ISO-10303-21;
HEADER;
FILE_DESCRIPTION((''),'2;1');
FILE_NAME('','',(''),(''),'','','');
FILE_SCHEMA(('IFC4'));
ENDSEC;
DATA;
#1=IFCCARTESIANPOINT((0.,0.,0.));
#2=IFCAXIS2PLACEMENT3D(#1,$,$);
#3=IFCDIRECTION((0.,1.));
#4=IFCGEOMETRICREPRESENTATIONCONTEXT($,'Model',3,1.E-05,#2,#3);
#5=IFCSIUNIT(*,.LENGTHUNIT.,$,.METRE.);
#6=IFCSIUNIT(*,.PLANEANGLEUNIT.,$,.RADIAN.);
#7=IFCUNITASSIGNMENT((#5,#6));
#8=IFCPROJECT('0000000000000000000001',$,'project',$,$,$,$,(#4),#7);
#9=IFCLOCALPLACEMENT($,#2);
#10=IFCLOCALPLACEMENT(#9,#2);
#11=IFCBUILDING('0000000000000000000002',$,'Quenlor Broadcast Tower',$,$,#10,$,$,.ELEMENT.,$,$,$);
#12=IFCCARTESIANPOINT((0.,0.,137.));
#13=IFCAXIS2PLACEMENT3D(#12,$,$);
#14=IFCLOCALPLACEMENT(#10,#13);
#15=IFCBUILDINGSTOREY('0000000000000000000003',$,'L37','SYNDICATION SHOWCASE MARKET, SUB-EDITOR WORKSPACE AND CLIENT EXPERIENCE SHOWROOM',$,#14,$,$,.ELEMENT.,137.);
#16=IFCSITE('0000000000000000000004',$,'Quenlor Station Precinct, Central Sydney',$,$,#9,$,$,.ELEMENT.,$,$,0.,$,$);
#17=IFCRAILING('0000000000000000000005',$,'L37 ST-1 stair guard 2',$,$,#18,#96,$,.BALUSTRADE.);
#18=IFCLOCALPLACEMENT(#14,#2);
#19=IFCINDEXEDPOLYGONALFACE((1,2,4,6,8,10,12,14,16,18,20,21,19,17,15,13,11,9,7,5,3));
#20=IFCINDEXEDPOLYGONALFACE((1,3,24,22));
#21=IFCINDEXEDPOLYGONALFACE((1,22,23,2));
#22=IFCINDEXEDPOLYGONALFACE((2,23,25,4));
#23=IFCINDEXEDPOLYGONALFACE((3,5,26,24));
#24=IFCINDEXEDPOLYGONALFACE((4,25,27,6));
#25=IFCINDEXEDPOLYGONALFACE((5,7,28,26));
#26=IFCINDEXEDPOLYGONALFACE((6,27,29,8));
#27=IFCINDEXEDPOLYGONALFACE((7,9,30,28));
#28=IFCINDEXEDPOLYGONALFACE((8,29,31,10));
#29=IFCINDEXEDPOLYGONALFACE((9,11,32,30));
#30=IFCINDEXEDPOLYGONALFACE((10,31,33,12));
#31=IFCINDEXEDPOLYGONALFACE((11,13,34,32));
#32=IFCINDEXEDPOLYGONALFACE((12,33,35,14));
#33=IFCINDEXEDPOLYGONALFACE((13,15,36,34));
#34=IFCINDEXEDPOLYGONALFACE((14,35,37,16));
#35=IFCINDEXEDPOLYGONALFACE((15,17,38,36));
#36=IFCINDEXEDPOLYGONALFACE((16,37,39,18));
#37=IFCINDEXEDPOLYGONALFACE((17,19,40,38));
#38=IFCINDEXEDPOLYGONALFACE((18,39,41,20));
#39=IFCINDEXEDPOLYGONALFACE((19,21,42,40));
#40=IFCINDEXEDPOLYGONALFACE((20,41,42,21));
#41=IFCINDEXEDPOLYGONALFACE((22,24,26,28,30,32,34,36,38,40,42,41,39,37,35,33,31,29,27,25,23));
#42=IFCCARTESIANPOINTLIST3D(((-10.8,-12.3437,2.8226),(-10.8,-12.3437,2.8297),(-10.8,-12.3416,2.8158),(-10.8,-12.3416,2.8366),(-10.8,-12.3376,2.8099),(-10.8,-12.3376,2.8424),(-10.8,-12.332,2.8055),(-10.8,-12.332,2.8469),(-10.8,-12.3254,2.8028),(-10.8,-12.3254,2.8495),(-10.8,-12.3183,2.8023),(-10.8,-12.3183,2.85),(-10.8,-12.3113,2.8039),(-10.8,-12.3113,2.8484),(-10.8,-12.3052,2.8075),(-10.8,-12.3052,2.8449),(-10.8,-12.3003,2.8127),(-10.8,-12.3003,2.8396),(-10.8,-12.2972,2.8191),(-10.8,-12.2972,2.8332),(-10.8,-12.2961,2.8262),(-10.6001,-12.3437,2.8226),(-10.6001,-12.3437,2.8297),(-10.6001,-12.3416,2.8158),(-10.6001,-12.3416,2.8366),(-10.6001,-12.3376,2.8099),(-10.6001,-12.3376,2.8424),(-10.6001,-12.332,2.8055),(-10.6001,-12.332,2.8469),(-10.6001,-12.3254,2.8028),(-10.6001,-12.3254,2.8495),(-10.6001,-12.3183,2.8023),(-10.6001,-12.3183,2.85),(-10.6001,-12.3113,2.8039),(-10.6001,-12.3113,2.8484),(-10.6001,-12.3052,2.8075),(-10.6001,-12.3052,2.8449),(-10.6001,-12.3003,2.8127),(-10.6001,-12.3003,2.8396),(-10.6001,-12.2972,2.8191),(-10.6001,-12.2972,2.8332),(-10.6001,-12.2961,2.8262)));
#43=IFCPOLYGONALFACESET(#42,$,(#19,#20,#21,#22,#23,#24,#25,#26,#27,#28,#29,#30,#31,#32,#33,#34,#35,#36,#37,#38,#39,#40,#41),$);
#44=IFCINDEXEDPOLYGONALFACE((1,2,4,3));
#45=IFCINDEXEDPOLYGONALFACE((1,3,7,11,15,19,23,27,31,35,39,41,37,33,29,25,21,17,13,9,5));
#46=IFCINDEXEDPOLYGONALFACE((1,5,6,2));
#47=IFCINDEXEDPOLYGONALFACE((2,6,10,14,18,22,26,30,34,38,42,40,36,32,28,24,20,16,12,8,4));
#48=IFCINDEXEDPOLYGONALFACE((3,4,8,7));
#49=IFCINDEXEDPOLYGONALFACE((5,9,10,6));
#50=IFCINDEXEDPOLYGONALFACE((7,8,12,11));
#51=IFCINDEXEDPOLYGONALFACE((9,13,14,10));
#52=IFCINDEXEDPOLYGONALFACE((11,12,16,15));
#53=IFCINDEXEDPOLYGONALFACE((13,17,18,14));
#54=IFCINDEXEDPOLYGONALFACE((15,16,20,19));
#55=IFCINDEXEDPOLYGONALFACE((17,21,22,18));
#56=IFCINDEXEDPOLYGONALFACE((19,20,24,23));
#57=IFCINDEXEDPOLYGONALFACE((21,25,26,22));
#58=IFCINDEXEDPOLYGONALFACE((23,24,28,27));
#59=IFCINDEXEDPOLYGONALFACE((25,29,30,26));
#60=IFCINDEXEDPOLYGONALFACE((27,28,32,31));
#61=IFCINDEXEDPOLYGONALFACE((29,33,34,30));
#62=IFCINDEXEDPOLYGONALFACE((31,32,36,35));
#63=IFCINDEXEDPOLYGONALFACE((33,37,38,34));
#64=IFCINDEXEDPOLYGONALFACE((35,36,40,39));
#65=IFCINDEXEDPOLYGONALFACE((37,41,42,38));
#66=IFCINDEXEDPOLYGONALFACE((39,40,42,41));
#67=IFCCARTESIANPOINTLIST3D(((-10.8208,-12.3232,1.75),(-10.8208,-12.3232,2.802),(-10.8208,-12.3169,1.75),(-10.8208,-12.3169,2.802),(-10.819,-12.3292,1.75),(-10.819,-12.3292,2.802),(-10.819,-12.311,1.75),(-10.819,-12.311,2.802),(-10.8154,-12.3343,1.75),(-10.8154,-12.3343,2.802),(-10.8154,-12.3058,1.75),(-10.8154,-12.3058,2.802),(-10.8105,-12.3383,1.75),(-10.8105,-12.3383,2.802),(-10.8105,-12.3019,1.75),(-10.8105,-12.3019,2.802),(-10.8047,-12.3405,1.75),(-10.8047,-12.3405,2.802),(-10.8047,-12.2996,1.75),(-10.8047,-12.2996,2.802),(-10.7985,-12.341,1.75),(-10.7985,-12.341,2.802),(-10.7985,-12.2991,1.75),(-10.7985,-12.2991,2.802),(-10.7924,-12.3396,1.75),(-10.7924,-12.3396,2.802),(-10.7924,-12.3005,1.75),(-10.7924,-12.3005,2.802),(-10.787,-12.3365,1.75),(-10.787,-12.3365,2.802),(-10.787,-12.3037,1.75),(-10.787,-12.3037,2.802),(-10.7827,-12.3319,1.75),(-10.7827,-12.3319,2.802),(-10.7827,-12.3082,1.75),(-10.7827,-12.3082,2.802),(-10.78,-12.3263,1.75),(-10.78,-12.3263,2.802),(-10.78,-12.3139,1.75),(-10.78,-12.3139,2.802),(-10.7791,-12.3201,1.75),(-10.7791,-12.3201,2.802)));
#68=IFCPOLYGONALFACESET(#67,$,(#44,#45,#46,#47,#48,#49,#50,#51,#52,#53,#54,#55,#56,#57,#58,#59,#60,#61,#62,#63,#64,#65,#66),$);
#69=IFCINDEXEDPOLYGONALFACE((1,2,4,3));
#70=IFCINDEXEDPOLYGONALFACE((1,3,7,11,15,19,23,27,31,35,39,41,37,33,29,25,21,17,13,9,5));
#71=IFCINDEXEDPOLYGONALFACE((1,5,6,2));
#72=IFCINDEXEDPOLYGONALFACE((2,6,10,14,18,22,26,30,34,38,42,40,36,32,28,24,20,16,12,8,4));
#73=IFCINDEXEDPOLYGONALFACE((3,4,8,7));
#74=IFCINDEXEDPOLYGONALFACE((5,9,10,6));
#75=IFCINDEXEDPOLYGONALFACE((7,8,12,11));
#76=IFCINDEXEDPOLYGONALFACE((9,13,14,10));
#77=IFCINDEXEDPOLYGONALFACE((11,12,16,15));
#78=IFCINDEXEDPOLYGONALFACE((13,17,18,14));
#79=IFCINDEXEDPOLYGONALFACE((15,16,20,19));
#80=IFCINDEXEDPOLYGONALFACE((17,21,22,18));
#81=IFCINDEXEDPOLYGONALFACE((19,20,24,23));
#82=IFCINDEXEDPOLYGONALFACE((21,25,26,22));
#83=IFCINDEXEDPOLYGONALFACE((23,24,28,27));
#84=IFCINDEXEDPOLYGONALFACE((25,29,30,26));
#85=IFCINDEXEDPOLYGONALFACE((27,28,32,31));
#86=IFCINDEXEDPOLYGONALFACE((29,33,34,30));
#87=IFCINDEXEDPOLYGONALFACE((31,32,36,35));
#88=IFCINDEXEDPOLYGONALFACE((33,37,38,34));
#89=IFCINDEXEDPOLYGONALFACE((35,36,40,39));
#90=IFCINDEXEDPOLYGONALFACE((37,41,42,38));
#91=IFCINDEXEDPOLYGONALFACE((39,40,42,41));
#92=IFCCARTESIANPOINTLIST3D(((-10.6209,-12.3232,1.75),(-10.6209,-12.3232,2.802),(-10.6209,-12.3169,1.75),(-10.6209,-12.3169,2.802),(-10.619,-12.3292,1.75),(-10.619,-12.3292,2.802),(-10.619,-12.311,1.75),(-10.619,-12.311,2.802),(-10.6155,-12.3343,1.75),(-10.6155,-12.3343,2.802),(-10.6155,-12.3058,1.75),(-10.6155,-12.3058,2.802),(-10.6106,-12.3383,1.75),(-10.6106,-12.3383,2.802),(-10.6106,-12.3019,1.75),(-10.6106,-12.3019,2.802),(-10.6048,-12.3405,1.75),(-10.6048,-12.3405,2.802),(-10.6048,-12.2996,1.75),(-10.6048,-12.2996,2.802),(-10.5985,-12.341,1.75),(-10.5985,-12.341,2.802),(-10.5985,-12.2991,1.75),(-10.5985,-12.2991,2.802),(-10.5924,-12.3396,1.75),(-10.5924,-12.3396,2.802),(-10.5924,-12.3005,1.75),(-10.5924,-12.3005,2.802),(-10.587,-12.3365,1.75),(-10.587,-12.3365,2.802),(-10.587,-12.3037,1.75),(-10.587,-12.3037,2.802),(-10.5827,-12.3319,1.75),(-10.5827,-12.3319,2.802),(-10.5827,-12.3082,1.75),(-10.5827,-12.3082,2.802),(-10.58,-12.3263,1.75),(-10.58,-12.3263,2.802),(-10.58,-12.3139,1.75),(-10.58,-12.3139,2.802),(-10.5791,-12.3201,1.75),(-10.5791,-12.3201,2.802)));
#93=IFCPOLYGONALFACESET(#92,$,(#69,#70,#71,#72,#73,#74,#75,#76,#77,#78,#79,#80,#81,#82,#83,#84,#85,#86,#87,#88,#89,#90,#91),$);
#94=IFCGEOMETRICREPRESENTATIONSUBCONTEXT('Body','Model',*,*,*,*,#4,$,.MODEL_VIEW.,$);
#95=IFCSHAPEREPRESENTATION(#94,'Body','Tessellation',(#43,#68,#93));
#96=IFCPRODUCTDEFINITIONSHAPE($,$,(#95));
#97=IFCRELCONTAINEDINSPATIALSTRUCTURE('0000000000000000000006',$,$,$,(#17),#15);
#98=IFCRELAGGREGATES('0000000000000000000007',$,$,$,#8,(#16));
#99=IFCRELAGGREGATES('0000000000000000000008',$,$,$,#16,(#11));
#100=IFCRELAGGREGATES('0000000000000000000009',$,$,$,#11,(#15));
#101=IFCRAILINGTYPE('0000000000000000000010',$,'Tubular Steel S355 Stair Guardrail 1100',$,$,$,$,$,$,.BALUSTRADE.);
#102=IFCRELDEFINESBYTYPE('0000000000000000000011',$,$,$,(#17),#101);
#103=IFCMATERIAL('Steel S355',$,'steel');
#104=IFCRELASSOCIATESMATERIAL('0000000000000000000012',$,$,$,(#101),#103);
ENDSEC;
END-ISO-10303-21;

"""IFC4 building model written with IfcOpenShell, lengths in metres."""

from ifc_helpers import new_model, si_unit, direction, frame, origin, origin_2d, place, context, subcontext, project, spatial, circle, extrude, material, type_object, element, save


model = new_model("IFC4")

# Units and contexts
model_context = context("Model", 3, precision=1e-05, world=origin(), true_north=direction((0.0, 1.0)))
body_context = subcontext(model_context, "Body", "Model", "MODEL_VIEW")
ifc_project = project(units=[si_unit("LENGTHUNIT", "METRE"), si_unit("PLANEANGLEUNIT", "RADIAN")], contexts=[model_context])

# Site, building, storey
site_placement = place(None, origin())
site = spatial("IfcSite", under=ifc_project, at=site_placement, Name="Quenlor Station Precinct, Central Sydney", CompositionType="ELEMENT", RefElevation=0.0)
building_placement = place(site_placement, origin())
building = spatial("IfcBuilding", under=site, at=building_placement, Name="Quenlor Broadcast Tower", CompositionType="ELEMENT")
storey_placement = place(building_placement, frame((0.0, 0.0, 137.0)))
storey = spatial("IfcBuildingStorey", under=building, at=storey_placement, Name="L37", Description="SYNDICATION SHOWCASE MARKET, SUB-EDITOR WORKSPACE AND CLIENT EXPERIENCE SHOWROOM", CompositionType="ELEMENT", Elevation=137.0)

# Railing
ifc_material_1 = material(Name="Steel S355", Category="steel")
railing_type_1 = type_object("IfcRailingType", Name="Tubular Steel S355 Stair Guardrail 1100", PredefinedType="BALUSTRADE", material=ifc_material_1)
railing_1_placement = place(storey_placement, frame((-10.8, -12.3201, 1.75)))
element("IfcRailing", 1, at=railing_1_placement, inside=storey, type_object=railing_type_1, Name="L37 ST-1 stair guard 2", PredefinedType="BALUSTRADE", context=body_context, shape_type="SweptSolid", body=[
    extrude(circle(Radius=0.0239, at=origin_2d()), frame((0.0, 0.0, 1.0762), z_axis=(1.0, 0.0, 0.0), x_axis=(0.0, 1.0, 0.0)), (0.0, 0.0, 1.0), 0.2),
    extrude(circle(Radius=0.021, at=origin_2d()), origin(), (0.0, 0.0, 1.0), 1.052),
    extrude(circle(Radius=0.021, at=origin_2d()), frame((0.2, 0.0, 0.0)), (0.0, 0.0, 1.0), 1.052),
])

save(model, "model.ifc")
